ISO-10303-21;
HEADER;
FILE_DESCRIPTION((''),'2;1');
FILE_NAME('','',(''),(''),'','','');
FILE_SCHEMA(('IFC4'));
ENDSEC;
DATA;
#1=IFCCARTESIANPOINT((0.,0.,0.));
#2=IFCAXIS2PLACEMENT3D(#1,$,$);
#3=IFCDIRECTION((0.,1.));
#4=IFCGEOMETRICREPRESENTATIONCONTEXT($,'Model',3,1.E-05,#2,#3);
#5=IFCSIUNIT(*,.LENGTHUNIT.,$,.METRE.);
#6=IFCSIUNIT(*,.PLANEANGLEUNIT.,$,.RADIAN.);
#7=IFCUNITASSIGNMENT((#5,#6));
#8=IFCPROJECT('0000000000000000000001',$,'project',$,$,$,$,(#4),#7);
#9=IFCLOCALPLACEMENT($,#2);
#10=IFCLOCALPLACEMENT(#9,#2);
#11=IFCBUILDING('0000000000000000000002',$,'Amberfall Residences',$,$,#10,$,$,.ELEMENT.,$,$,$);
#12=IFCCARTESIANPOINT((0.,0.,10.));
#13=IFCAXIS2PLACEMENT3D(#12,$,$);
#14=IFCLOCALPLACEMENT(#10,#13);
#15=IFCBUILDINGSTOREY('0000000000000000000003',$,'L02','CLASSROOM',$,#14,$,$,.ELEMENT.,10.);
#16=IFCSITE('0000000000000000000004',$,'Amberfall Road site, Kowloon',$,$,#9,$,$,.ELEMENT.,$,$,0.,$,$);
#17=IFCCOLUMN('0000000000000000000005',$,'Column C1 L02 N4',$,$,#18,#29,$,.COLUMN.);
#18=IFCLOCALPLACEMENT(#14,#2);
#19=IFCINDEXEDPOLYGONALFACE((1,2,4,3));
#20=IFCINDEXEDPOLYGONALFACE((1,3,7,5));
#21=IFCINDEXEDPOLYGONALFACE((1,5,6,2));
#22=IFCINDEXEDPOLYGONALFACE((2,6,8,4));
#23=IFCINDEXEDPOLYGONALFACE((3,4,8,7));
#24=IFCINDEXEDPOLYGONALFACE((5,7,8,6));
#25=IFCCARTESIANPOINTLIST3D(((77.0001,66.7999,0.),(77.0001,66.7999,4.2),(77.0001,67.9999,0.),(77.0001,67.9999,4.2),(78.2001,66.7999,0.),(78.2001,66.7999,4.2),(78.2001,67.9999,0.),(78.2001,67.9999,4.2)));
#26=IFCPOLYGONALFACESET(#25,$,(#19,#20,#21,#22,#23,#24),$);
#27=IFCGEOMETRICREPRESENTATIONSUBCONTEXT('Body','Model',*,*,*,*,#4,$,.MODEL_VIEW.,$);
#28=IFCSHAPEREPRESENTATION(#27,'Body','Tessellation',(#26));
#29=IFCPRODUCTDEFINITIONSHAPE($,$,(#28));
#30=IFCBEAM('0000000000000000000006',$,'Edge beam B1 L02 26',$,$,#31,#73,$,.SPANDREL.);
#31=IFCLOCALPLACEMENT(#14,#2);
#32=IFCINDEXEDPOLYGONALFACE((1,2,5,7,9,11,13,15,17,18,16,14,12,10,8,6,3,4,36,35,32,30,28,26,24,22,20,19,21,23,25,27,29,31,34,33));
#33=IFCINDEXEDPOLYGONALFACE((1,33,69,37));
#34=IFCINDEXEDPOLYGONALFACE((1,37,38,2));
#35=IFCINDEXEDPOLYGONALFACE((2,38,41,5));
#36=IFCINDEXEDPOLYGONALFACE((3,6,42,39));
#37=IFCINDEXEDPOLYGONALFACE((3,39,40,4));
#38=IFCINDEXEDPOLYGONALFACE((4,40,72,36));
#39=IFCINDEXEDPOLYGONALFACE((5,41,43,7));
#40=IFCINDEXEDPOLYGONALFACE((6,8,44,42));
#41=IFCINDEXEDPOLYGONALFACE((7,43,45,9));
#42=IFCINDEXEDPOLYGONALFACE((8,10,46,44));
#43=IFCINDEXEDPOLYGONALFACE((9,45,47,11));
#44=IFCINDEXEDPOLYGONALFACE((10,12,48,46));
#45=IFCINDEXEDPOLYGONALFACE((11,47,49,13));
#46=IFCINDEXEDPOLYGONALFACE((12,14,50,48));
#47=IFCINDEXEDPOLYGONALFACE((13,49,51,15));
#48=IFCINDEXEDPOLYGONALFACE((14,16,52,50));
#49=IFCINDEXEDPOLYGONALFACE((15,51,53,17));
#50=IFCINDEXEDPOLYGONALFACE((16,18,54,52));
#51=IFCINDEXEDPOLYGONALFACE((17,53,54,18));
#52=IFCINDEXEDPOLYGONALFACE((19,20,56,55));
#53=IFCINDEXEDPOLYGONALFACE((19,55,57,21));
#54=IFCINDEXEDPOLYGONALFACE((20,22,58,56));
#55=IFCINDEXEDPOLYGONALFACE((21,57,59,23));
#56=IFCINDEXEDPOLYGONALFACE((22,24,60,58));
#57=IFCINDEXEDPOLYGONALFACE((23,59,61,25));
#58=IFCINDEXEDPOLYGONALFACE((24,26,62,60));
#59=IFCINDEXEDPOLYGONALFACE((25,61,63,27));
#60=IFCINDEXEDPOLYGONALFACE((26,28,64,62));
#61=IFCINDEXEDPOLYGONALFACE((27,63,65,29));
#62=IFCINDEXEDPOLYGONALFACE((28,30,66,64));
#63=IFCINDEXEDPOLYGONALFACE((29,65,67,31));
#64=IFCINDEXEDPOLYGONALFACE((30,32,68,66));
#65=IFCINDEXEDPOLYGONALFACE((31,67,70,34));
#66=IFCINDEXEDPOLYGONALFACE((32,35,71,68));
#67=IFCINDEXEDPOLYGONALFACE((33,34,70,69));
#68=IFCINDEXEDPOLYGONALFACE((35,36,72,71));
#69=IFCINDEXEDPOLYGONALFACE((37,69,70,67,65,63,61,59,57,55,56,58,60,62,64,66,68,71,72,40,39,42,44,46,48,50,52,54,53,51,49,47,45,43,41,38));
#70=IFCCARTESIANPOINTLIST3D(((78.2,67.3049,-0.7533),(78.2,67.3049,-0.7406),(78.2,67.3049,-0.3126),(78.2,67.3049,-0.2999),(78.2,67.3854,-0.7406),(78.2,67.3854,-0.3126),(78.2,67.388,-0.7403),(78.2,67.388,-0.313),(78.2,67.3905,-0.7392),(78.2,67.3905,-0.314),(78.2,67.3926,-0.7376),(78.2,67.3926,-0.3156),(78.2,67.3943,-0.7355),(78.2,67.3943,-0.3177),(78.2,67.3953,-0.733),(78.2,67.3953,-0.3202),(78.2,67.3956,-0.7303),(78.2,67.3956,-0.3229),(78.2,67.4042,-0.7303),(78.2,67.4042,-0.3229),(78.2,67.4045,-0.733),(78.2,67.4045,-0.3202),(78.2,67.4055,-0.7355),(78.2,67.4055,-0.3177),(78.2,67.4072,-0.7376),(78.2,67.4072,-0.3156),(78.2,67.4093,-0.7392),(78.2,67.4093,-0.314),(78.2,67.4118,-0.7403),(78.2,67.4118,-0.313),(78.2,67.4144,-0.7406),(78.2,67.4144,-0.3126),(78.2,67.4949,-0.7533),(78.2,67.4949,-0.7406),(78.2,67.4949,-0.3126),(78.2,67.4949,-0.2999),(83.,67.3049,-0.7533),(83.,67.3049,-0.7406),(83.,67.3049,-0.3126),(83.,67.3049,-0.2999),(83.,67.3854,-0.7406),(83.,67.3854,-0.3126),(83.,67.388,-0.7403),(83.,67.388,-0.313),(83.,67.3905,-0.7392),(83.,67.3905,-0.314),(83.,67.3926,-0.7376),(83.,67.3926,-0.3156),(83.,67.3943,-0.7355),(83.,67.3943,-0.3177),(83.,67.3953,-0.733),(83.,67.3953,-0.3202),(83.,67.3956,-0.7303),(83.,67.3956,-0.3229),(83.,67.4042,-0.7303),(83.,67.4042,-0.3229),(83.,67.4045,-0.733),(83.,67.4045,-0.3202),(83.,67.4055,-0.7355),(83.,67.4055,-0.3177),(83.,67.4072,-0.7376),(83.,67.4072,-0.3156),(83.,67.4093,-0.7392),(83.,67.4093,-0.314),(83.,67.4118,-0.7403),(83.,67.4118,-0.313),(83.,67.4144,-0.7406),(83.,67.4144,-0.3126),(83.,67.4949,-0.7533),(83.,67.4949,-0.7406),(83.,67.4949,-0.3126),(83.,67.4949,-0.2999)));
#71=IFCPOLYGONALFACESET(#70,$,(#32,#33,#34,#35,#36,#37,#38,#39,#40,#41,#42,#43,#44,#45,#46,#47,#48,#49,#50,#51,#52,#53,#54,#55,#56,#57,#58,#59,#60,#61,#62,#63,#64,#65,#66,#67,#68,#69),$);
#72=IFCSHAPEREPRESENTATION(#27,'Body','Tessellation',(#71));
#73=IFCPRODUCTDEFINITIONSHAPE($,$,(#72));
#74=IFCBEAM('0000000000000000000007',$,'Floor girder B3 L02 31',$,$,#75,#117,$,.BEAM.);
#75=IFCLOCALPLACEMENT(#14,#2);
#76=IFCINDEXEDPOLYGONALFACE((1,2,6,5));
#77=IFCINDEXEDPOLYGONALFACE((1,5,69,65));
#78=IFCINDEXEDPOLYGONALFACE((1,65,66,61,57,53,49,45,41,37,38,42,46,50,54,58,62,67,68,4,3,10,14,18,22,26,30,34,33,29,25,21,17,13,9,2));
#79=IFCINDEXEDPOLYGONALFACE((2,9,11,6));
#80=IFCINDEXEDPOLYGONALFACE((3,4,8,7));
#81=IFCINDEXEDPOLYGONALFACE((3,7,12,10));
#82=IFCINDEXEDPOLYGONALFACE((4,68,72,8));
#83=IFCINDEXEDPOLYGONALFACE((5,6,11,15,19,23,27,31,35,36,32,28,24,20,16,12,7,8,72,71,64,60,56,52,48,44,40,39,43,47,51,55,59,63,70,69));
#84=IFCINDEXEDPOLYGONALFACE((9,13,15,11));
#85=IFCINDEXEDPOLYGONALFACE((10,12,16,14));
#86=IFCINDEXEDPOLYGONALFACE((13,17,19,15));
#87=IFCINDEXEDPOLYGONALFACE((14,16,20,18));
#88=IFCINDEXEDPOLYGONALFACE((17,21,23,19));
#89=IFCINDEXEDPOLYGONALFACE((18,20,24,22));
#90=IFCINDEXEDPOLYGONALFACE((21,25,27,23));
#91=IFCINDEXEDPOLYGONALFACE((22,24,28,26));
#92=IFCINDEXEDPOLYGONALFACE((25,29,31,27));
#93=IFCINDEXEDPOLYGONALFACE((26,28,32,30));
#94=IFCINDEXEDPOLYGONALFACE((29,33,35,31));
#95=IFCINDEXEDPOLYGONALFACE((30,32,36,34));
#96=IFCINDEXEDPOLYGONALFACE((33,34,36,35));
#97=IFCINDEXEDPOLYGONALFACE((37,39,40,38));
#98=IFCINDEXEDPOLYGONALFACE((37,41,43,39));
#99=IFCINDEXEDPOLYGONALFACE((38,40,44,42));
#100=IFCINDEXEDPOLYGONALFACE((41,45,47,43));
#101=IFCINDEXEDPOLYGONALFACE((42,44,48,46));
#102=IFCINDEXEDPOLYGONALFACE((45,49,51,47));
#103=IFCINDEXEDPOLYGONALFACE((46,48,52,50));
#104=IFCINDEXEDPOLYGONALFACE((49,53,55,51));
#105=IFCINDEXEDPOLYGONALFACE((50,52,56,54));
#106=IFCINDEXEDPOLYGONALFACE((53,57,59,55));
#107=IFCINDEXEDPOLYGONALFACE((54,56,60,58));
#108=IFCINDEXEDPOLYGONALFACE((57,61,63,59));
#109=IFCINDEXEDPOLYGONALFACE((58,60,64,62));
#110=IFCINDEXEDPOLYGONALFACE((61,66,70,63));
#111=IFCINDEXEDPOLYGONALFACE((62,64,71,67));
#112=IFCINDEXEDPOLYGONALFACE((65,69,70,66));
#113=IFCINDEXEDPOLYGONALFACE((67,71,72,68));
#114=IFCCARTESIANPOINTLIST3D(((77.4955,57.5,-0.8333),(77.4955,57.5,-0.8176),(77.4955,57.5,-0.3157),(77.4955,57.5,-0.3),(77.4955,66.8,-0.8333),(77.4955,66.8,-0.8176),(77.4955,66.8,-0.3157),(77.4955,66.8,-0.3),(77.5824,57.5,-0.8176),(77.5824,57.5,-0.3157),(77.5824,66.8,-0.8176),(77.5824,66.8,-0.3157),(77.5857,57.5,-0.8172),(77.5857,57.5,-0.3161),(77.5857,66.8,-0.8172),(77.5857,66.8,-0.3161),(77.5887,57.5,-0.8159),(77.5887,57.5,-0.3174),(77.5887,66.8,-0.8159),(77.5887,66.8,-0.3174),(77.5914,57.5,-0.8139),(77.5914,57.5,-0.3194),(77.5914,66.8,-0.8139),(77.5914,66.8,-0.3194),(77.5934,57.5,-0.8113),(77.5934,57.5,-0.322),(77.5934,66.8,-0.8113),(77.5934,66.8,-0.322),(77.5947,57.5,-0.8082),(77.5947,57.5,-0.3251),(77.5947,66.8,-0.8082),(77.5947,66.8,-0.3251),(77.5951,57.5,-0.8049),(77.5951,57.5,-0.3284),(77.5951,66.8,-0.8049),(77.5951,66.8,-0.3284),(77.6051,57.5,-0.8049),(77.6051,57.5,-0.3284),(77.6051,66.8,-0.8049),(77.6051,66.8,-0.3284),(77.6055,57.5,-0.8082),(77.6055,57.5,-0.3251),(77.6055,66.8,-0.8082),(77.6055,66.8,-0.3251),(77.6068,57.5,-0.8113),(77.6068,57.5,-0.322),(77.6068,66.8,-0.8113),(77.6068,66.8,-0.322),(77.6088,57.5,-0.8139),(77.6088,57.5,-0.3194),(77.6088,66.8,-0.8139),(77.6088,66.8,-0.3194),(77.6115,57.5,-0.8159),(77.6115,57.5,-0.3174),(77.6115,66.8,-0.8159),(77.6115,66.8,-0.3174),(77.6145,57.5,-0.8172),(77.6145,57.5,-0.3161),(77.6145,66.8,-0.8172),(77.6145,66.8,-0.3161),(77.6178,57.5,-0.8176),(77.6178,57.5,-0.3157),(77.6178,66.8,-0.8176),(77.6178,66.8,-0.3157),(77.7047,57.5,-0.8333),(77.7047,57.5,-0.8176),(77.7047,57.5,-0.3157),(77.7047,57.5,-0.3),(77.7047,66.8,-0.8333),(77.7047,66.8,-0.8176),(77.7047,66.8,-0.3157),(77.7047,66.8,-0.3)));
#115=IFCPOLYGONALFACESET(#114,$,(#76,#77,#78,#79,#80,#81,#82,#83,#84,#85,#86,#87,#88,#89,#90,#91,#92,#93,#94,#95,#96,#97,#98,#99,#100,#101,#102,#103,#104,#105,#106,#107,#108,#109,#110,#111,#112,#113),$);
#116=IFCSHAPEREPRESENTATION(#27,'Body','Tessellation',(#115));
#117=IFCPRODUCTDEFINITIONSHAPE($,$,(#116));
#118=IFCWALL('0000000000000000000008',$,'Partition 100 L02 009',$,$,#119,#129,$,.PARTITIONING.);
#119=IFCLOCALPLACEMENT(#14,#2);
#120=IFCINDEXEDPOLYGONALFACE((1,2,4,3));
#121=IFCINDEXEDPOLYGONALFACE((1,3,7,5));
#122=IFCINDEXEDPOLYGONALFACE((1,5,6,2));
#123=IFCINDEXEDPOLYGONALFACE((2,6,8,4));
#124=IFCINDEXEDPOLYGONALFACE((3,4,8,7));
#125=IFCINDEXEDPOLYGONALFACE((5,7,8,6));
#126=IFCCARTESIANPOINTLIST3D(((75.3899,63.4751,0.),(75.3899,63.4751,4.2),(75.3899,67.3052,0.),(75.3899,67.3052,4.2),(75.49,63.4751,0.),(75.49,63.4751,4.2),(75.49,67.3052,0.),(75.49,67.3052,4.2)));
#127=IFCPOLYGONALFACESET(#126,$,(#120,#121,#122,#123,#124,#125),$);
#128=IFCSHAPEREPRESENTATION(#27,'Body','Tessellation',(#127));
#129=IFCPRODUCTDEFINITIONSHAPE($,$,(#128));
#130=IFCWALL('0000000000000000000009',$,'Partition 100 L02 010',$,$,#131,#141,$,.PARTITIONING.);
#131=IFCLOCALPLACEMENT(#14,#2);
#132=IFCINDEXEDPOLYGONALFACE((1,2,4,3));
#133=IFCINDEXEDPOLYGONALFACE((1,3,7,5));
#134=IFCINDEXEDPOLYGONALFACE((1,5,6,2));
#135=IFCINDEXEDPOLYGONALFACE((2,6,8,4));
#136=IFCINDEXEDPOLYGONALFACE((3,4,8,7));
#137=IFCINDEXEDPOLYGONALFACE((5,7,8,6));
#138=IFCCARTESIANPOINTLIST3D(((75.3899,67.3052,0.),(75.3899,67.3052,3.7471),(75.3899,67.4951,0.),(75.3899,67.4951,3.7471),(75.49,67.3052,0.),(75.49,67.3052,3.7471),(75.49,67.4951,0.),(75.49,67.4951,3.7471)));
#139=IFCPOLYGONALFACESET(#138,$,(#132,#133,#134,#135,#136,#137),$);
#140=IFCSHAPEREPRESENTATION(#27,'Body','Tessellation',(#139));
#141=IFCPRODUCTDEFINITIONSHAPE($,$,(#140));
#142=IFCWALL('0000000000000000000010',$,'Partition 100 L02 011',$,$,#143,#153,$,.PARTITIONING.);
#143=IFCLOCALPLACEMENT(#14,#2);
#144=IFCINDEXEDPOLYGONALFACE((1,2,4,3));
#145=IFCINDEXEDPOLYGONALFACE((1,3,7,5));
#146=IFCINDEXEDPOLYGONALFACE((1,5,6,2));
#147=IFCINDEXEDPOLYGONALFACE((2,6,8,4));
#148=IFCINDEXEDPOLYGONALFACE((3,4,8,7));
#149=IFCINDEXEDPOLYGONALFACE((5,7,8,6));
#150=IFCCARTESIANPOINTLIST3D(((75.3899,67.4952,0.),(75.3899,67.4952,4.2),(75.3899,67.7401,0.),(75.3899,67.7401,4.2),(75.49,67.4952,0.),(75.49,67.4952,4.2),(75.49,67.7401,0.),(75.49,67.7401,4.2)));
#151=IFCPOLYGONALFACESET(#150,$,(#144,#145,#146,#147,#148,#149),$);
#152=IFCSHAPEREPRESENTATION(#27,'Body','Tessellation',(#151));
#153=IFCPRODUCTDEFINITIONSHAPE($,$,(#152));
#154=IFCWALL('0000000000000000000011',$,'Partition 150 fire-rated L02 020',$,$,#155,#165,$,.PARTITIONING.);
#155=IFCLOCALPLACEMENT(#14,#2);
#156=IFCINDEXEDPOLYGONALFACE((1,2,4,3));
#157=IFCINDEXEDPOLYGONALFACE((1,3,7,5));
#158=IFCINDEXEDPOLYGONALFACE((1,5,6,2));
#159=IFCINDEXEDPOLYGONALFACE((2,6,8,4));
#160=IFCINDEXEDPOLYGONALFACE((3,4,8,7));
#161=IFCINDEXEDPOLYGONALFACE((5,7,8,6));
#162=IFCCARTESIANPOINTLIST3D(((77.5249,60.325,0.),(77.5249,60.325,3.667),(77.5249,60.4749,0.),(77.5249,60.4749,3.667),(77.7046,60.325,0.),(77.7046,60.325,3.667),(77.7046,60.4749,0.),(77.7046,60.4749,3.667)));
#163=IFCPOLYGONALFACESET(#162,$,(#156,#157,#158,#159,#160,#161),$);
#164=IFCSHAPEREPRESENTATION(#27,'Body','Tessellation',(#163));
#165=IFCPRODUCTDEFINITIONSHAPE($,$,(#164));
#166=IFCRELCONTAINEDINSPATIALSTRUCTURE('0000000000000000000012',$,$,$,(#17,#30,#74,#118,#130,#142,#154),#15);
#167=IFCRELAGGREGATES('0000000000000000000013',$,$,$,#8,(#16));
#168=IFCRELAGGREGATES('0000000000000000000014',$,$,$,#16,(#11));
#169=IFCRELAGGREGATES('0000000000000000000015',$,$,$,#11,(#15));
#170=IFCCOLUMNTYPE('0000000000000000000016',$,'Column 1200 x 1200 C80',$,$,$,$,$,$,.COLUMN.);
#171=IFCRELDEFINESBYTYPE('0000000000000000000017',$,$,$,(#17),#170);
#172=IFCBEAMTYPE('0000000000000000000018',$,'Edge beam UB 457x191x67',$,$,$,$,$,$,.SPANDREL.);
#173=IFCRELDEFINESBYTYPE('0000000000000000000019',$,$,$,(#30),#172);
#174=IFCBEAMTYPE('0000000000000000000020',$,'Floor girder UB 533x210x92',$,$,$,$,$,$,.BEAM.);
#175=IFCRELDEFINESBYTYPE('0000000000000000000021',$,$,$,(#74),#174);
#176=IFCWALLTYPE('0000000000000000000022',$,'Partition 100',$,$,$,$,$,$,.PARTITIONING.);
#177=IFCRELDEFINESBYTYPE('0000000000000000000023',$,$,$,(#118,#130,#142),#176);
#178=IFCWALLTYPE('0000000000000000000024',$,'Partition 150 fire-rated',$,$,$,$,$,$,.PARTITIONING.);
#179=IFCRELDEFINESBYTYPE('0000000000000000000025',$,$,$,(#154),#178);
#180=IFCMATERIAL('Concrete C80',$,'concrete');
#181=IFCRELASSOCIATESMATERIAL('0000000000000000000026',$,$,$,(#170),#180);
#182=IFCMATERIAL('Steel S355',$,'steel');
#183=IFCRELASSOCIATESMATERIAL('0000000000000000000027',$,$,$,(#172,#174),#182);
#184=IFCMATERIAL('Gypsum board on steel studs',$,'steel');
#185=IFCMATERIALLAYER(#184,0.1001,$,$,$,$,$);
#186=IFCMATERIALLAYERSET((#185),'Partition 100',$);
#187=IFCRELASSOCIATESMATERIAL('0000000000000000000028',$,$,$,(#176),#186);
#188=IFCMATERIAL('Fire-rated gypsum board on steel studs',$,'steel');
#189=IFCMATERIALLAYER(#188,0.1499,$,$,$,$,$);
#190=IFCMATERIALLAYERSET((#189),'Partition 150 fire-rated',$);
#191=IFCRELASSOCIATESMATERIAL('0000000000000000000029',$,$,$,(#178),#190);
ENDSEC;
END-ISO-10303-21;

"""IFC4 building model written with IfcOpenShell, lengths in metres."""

from ifc_helpers import new_model, si_unit, direction, frame, frame_2d, origin, origin_2d, place, context, subcontext, project, spatial, rectangle, i_section, extrude, material, layer, layer_set, material_profile, profile_set, type_object, element, save


model = new_model("IFC4")

# Units and contexts
model_context = context("Model", 3, precision=1e-05, world=origin(), true_north=direction((0.0, 1.0)))
body_context = subcontext(model_context, "Body", "Model", "MODEL_VIEW")
ifc_project = project(units=[si_unit("LENGTHUNIT", "METRE"), si_unit("PLANEANGLEUNIT", "RADIAN")], contexts=[model_context])

# Site, building, storey
site_placement = place(None, origin())
site = spatial("IfcSite", under=ifc_project, at=site_placement, Name="Amberfall Road site, Kowloon", CompositionType="ELEMENT", RefElevation=0.0)
building_placement = place(site_placement, origin())
building = spatial("IfcBuilding", under=site, at=building_placement, Name="Amberfall Residences", CompositionType="ELEMENT")
storey_placement = place(building_placement, frame((0.0, 0.0, 10.0)))
storey = spatial("IfcBuildingStorey", under=building, at=storey_placement, Name="L02", Description="CLASSROOM", CompositionType="ELEMENT", Elevation=10.0)

# Column
ifc_material_1 = material(Name="Concrete C80", Category="concrete")
ifc_material_profile_1 = material_profile(ifc_material_1, rectangle(XDim=1.2, YDim=1.2, at=origin_2d()), Name="Column 1200 x 1200 C80")
ifc_profile_set_1 = profile_set([ifc_material_profile_1], Name="Concrete C80")
column_type = type_object("IfcColumnType", Name="Column 1200 x 1200 C80", PredefinedType="COLUMN", material=ifc_profile_set_1)
column_placement = place(storey_placement, frame((77.6001, 67.3999, 0.0), z_axis=(0.0, 0.0, 1.0), x_axis=(1.0, 0.0, 0.0)))
element("IfcColumn", 1, at=column_placement, inside=storey, type_object=column_type, Name="Column C1 L02 N4", PredefinedType="COLUMN", context=body_context, shape_type="SweptSolid", body=[
    extrude(rectangle(XDim=1.2, YDim=1.2, at=origin_2d()), origin(), (0.0, 0.0, 1.0), 4.2),
])

# Beams
ifc_material_2 = material(Name="Steel S355", Category="steel")
ifc_material_profile_2 = material_profile(ifc_material_2, i_section(OverallWidth=0.1899, OverallDepth=0.4534, WebThickness=0.0085, FlangeThickness=0.0127, FilletRadius=0.0103, at=origin_2d()), Name="UB 457x191x67")
ifc_profile_set_2 = profile_set([ifc_material_profile_2], Name="Steel S355")
beam_type_1 = type_object("IfcBeamType", Name="Edge beam UB 457x191x67", PredefinedType="SPANDREL", material=ifc_profile_set_2)
beam_1_placement = place(storey_placement, frame((78.2, 67.3999, -0.5266), z_axis=(1.0, 0.0, 0.0), x_axis=(0.0, 1.0, 0.0)))
element("IfcBeam", 2, at=beam_1_placement, inside=storey, type_object=beam_type_1, Name="Edge beam B1 L02 26", PredefinedType="SPANDREL", context=body_context, shape_type="SweptSolid", body=[
    extrude(i_section(OverallWidth=0.1899, OverallDepth=0.4534, WebThickness=0.0085, FlangeThickness=0.0127, FilletRadius=0.0103, at=origin_2d()), origin(), (0.0, 0.0, 1.0), 4.8),
])
ifc_material_profile_3 = material_profile(ifc_material_2, i_section(OverallWidth=0.2092, OverallDepth=0.5332, WebThickness=0.01, FlangeThickness=0.0156, FilletRadius=0.0127, at=origin_2d()), Name="UB 533x210x92")
ifc_profile_set_3 = profile_set([ifc_material_profile_3], Name="Steel S355")
beam_type_2 = type_object("IfcBeamType", Name="Floor girder UB 533x210x92", PredefinedType="BEAM", material=ifc_profile_set_3)
beam_2_placement = place(storey_placement, frame((77.6001, 66.8, -0.5667), z_axis=(0.0, -1.0, 0.0), x_axis=(1.0, 0.0, 0.0)))
element("IfcBeam", 3, at=beam_2_placement, inside=storey, type_object=beam_type_2, Name="Floor girder B3 L02 31", PredefinedType="BEAM", context=body_context, shape_type="SweptSolid", body=[
    extrude(i_section(OverallWidth=0.2092, OverallDepth=0.5332, WebThickness=0.01, FlangeThickness=0.0156, FilletRadius=0.0127, at=origin_2d()), origin(), (0.0, 0.0, 1.0), 9.3),
])

# Walls
ifc_material_3 = material(Name="Gypsum board on steel studs", Category="steel")
ifc_layer_1 = layer(ifc_material_3, 0.1001)
ifc_layer_set_1 = layer_set([ifc_layer_1], Name="Partition 100")
wall_type_1 = type_object("IfcWallType", Name="Partition 100", PredefinedType="PARTITIONING", material=ifc_layer_set_1)
wall_1_placement = place(storey_placement, frame((75.4399, 63.4751, 0.0), z_axis=(0.0, 0.0, 1.0), x_axis=(0.0, 1.0, 0.0)))
element("IfcWall", 4, at=wall_1_placement, inside=storey, type_object=wall_type_1, Name="Partition 100 L02 009", PredefinedType="PARTITIONING", context=body_context, shape_type="SweptSolid", body=[
    extrude(rectangle(XDim=3.8301, YDim=0.1001, at=frame_2d((1.915, 0.0))), origin(), (0.0, 0.0, 1.0), 4.2),
])
wall_2_placement = place(storey_placement, frame((75.4399, 67.3052, 0.0), z_axis=(0.0, 0.0, 1.0), x_axis=(0.0, 1.0, 0.0)))
element("IfcWall", 5, at=wall_2_placement, inside=storey, type_object=wall_type_1, Name="Partition 100 L02 010", PredefinedType="PARTITIONING", context=body_context, shape_type="SweptSolid", body=[
    extrude(rectangle(XDim=0.1899, YDim=0.1001, at=frame_2d((0.095, 0.0))), origin(), (0.0, 0.0, 1.0), 3.7471),
])
wall_3_placement = place(storey_placement, frame((75.4399, 67.4951, 0.0), z_axis=(0.0, 0.0, 1.0), x_axis=(0.0, 1.0, 0.0)))
element("IfcWall", 6, at=wall_3_placement, inside=storey, type_object=wall_type_1, Name="Partition 100 L02 011", PredefinedType="PARTITIONING", context=body_context, shape_type="SweptSolid", body=[
    extrude(rectangle(XDim=0.2449, YDim=0.1001, at=frame_2d((0.1226, 0.0))), origin(), (0.0, 0.0, 1.0), 4.2),
])
ifc_material_4 = material(Name="Fire-rated gypsum board on steel studs", Category="steel")
ifc_layer_2 = layer(ifc_material_4, 0.1499)
ifc_layer_set_2 = layer_set([ifc_layer_2], Name="Partition 150 fire-rated")
wall_type_2 = type_object("IfcWallType", Name="Partition 150 fire-rated", PredefinedType="PARTITIONING", material=ifc_layer_set_2)
wall_4_placement = place(storey_placement, frame((77.5249, 60.3999, 0.0), z_axis=(0.0, 0.0, 1.0), x_axis=(1.0, 0.0, 0.0)))
element("IfcWall", 7, at=wall_4_placement, inside=storey, type_object=wall_type_2, Name="Partition 150 fire-rated L02 020", PredefinedType="PARTITIONING", context=body_context, shape_type="SweptSolid", body=[
    extrude(rectangle(XDim=0.1797, YDim=0.1499, at=frame_2d((0.0898, 0.0))), origin(), (0.0, 0.0, 1.0), 3.667),
])

save(model, "model.ifc")
